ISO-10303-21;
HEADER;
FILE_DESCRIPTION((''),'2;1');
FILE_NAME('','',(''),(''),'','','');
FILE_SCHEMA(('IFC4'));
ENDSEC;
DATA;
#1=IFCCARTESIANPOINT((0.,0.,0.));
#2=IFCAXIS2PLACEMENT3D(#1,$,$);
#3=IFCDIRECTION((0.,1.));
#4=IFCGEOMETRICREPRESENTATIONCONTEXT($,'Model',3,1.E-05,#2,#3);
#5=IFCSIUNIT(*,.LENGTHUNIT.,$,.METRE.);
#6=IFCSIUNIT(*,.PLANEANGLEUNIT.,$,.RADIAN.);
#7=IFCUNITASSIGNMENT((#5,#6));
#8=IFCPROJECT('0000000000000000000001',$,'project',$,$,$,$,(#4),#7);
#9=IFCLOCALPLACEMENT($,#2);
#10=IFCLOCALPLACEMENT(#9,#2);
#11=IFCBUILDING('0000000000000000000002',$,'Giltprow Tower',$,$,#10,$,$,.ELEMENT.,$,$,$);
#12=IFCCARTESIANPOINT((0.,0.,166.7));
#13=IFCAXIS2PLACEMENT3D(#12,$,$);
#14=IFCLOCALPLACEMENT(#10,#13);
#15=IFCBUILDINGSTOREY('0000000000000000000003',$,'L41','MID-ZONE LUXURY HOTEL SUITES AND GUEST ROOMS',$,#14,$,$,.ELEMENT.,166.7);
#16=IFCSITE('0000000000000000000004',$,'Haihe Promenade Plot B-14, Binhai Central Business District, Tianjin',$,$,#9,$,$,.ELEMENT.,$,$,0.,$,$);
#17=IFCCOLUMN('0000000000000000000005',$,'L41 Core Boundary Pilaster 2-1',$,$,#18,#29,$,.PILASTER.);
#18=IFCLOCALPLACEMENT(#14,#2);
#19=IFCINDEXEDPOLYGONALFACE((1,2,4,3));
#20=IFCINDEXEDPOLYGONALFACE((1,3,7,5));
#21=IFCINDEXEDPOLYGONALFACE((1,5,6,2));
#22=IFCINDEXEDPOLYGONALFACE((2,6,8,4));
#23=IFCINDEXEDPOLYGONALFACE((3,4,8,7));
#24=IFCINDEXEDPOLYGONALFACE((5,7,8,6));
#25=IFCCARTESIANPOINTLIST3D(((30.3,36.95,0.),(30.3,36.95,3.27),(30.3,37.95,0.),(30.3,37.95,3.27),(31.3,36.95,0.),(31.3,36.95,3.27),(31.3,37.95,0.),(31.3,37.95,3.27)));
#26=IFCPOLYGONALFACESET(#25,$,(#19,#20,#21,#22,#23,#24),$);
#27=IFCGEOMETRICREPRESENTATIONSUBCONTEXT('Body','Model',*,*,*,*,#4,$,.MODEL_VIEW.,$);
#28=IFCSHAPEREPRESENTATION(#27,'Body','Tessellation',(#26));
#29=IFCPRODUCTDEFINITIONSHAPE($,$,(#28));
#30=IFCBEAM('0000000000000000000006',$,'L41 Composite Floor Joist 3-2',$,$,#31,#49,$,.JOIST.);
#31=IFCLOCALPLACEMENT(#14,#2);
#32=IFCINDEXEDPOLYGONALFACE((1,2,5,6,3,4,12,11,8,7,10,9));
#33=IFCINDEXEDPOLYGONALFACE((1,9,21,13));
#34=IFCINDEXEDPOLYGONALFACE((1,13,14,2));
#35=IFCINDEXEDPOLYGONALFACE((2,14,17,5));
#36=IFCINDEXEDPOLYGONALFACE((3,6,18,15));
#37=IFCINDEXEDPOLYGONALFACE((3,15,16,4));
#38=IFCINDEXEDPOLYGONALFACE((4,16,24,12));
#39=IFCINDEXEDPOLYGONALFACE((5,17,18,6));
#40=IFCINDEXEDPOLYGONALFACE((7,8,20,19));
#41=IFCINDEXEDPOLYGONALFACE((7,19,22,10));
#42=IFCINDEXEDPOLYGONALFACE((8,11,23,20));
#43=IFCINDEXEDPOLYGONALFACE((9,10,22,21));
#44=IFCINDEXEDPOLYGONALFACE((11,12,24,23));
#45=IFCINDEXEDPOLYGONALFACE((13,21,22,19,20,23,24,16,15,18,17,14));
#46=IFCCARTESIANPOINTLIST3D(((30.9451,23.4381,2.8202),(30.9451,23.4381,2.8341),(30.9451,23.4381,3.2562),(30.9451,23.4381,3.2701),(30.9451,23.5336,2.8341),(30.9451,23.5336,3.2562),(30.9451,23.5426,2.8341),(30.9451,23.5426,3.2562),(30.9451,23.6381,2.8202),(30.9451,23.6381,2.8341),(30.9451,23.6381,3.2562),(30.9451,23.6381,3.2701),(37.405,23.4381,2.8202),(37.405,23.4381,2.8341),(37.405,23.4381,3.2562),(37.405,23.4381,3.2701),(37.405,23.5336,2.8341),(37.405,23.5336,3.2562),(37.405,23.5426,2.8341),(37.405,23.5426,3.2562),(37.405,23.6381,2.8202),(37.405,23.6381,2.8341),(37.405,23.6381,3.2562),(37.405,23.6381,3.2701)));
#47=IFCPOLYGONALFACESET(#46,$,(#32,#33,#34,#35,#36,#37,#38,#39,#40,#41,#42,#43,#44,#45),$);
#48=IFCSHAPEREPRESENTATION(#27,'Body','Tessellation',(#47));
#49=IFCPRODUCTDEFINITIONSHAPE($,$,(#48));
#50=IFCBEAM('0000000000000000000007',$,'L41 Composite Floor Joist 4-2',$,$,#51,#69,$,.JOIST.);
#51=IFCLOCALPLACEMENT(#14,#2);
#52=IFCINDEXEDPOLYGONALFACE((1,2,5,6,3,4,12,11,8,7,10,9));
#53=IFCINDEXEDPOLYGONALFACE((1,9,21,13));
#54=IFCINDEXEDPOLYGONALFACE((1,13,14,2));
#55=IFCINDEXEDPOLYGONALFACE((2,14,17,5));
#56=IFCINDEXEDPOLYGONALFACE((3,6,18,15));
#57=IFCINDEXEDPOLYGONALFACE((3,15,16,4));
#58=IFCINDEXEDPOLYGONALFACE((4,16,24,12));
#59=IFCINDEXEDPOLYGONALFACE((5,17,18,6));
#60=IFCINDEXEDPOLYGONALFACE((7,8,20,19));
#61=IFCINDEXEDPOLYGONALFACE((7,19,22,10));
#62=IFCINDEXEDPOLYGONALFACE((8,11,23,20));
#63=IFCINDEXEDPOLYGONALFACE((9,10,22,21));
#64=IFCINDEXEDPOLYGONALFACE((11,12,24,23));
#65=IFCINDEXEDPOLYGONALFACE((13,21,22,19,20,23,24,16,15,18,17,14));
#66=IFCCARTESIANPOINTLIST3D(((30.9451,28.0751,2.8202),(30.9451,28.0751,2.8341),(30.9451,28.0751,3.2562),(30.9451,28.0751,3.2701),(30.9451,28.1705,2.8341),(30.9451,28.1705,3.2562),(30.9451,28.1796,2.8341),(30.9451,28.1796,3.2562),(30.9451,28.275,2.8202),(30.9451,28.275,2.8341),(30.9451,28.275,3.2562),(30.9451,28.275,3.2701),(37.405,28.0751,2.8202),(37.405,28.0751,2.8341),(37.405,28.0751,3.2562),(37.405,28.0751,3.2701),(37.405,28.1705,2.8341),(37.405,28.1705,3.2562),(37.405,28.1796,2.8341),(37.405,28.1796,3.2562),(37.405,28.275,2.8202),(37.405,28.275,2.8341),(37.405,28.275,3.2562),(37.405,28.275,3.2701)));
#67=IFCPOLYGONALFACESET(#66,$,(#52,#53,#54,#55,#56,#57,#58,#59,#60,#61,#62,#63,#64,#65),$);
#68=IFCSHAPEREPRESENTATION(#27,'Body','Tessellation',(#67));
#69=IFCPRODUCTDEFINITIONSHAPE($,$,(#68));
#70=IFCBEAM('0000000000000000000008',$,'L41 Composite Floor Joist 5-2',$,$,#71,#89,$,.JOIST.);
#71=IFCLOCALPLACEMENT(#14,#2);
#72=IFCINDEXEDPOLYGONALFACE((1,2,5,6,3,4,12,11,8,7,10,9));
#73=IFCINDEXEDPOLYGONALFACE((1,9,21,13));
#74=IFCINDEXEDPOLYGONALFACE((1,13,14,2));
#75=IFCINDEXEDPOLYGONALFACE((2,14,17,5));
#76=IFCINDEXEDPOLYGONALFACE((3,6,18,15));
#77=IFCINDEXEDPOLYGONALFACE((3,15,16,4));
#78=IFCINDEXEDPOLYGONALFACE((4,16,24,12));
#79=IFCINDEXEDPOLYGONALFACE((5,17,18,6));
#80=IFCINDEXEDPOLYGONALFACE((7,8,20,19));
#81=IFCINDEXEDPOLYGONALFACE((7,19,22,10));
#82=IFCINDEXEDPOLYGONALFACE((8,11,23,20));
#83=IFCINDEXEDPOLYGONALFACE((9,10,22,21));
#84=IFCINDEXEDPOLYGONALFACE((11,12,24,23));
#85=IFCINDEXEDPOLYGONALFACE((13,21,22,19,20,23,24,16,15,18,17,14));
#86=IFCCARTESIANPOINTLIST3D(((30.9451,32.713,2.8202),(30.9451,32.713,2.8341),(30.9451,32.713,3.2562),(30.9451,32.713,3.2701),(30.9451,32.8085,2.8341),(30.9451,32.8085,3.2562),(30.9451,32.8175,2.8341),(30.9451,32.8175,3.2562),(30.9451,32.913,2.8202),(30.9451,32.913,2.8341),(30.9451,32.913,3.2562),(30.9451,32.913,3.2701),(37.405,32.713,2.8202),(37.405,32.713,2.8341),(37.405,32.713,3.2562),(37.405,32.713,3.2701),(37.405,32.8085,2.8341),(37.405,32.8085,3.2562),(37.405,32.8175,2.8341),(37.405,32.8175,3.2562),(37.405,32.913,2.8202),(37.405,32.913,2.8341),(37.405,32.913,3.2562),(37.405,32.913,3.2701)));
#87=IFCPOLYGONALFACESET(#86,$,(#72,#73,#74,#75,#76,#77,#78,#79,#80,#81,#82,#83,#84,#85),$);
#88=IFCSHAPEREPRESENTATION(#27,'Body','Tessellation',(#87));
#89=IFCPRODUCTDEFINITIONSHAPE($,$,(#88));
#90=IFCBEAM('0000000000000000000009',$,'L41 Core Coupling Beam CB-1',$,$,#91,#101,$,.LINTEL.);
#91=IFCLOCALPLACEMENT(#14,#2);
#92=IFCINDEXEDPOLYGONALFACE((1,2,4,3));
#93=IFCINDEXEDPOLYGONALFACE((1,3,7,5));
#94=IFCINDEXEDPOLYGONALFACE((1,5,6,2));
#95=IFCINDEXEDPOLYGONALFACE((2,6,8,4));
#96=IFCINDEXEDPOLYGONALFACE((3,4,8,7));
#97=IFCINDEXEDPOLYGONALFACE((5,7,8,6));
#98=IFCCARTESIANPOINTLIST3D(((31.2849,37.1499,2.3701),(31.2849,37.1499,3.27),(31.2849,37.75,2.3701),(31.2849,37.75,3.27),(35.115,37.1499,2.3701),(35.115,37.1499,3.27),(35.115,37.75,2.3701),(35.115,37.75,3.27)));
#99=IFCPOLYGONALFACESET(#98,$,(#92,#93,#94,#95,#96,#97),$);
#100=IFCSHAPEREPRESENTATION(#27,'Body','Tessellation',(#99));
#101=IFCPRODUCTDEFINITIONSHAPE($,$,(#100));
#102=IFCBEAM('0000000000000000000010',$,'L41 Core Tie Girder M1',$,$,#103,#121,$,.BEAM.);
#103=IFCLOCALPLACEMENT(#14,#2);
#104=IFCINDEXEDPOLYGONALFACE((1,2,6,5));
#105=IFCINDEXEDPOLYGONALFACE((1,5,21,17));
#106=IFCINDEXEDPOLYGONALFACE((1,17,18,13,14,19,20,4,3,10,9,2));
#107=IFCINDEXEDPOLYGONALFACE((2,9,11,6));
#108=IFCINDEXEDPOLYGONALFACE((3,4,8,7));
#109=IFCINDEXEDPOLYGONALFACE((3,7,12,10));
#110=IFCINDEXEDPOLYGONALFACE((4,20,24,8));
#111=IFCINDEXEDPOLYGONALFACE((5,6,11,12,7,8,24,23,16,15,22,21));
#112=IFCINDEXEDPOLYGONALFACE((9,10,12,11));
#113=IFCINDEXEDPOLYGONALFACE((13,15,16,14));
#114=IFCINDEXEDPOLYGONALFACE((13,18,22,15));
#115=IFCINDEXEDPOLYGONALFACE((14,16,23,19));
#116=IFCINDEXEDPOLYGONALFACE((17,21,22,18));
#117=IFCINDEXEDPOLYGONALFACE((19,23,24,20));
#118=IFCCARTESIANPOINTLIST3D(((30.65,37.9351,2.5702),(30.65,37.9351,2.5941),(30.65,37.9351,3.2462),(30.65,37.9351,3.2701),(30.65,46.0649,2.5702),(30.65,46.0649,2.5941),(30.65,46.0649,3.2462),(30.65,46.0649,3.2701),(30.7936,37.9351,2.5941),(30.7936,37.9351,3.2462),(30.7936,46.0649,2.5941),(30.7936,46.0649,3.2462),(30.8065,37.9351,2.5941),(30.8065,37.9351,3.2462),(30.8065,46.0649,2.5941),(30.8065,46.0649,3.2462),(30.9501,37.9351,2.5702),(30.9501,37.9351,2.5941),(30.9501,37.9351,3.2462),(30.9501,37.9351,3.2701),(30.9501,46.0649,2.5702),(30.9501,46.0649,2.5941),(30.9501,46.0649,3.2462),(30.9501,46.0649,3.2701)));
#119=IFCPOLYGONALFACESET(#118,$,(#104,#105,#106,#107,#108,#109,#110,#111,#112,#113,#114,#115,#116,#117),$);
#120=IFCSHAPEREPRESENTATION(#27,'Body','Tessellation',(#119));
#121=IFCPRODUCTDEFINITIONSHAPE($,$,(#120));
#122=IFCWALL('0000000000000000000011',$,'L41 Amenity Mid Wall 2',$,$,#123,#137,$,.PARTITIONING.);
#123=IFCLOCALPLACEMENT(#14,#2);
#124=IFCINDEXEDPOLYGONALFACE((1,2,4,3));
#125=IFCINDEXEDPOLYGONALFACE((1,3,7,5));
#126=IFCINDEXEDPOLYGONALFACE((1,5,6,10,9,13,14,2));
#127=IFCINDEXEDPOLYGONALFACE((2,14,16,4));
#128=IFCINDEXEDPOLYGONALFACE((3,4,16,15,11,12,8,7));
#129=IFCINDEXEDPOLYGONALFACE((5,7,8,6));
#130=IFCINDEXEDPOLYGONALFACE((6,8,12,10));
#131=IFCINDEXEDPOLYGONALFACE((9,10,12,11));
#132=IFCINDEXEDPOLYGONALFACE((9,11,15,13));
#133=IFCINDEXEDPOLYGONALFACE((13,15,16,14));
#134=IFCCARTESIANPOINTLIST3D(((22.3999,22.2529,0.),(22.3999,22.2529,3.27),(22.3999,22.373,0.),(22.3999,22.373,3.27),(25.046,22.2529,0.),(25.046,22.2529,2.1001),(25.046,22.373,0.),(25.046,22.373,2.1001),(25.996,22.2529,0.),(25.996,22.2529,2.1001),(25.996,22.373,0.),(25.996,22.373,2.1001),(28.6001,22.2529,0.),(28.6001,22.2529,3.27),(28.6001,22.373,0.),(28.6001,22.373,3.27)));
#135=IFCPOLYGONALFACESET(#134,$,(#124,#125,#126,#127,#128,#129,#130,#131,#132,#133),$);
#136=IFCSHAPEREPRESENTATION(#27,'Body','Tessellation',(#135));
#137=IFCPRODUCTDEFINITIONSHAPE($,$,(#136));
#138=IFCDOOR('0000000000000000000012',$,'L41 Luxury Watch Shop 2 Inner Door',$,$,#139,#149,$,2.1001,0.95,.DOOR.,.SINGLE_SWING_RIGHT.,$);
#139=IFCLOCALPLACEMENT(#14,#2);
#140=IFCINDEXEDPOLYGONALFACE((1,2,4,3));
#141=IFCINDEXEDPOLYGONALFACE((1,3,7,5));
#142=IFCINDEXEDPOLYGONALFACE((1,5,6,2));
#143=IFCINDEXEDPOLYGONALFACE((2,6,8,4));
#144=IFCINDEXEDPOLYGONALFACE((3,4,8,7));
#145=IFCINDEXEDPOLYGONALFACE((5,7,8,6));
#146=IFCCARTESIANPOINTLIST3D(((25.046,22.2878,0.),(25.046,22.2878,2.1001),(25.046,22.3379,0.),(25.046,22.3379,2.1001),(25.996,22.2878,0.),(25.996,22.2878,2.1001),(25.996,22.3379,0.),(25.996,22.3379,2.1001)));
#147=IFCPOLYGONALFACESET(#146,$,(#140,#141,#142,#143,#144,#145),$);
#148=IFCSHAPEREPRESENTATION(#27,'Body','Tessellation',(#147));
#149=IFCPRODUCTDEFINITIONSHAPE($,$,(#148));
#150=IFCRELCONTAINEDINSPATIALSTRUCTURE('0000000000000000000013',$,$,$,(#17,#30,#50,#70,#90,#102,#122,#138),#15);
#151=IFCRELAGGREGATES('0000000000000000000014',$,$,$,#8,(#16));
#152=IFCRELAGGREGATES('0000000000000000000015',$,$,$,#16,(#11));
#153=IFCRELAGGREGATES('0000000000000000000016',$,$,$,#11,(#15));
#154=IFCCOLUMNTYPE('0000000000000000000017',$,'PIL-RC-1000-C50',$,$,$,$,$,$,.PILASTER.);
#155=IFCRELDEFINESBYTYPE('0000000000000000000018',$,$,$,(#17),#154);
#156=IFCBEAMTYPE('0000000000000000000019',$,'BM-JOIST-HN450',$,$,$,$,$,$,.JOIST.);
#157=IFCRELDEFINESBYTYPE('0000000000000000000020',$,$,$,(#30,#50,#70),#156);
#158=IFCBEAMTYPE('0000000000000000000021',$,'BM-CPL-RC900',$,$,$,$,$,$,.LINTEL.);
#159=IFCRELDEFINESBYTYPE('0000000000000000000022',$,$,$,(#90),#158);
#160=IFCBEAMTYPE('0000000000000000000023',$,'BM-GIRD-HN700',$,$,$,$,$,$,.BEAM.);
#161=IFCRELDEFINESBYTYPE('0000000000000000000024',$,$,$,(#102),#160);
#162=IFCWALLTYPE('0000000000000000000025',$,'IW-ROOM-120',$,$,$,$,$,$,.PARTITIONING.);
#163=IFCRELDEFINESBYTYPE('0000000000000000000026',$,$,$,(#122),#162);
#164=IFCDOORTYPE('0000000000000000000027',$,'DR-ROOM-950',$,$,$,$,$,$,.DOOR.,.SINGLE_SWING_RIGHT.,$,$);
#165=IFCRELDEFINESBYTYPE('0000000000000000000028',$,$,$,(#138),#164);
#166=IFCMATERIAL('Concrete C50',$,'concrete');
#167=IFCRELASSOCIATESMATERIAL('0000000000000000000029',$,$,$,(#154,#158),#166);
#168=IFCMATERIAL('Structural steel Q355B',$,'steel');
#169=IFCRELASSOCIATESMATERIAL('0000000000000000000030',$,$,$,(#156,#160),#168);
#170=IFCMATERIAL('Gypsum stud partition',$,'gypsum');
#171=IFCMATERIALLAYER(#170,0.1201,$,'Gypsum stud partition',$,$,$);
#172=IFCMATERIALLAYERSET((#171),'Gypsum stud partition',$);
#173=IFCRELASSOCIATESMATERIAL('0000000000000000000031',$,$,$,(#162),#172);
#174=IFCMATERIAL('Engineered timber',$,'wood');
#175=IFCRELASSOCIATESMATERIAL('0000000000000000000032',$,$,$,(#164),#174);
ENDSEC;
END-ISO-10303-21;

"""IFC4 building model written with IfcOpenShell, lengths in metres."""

from ifc_helpers import new_model, si_unit, direction, frame, frame_2d, origin, origin_2d, place, context, subcontext, project, spatial, rectangle, i_section, extrude, source, transform, mapped, material, layer, layer_set, material_profile, profile_set, type_object, element, fill, save


model = new_model("IFC4")

# Units and contexts
model_context = context("Model", 3, precision=1e-05, world=origin(), true_north=direction((0.0, 1.0)))
body_context = subcontext(model_context, "Body", "Model", "MODEL_VIEW")
ifc_project = project(units=[si_unit("LENGTHUNIT", "METRE"), si_unit("PLANEANGLEUNIT", "RADIAN")], contexts=[model_context])

# Site, building, storey
site_placement = place(None, origin())
site = spatial("IfcSite", under=ifc_project, at=site_placement, Name="Haihe Promenade Plot B-14, Binhai Central Business District, Tianjin", CompositionType="ELEMENT", RefElevation=0.0)
building_placement = place(site_placement, origin())
building = spatial("IfcBuilding", under=site, at=building_placement, Name="Giltprow Tower", CompositionType="ELEMENT")
storey_placement = place(building_placement, frame((0.0, 0.0, 166.7)))
storey = spatial("IfcBuildingStorey", under=building, at=storey_placement, Name="L41", Description="MID-ZONE LUXURY HOTEL SUITES AND GUEST ROOMS", CompositionType="ELEMENT", Elevation=166.7)

# Column
ifc_material_1 = material(Name="Concrete C50", Category="concrete")
ifc_material_profile_1 = material_profile(ifc_material_1, rectangle(XDim=1.0, YDim=1.0, at=origin_2d()), Name="RC 1000x1000")
ifc_profile_set_1 = profile_set([ifc_material_profile_1], Name="Concrete C50")
column_type = type_object("IfcColumnType", Name="PIL-RC-1000-C50", PredefinedType="PILASTER", material=ifc_profile_set_1)
shared_shape_1 = source(origin(), body_context, "Body", "SweptSolid", [
    extrude(rectangle(XDim=1.0, YDim=1.0, at=origin_2d()), origin(), (0.0, 0.0, 1.0), 3.27),
])
column_placement = place(storey_placement, frame((30.8, 37.45, 0.0), z_axis=(0.0, 0.0, 1.0), x_axis=(1.0, 0.0, 0.0)))
element("IfcColumn", 1, at=column_placement, inside=storey, type_object=column_type, Name="L41 Core Boundary Pilaster 2-1", PredefinedType="PILASTER", context=body_context, shape_type="MappedRepresentation", body=[
    mapped(shared_shape_1, transform((0.0, 0.0, 0.0), x_axis=(1.0, 0.0, 0.0), y_axis=(0.0, 1.0, 0.0), z_axis=(0.0, 0.0, 1.0), scale=1.0)),
])

# Beams
ifc_material_2 = material(Name="Structural steel Q355B", Category="steel")
ifc_material_profile_2 = material_profile(ifc_material_2, i_section(OverallWidth=0.2, OverallDepth=0.45, WebThickness=0.009, FlangeThickness=0.0139, at=origin_2d()), Name="HN 450x200x9x14")
ifc_profile_set_2 = profile_set([ifc_material_profile_2], Name="Structural steel Q355B")
beam_type_1 = type_object("IfcBeamType", Name="BM-JOIST-HN450", PredefinedType="JOIST", material=ifc_profile_set_2)
shared_shape_2 = source(origin(), body_context, "Body", "SweptSolid", [
    extrude(i_section(OverallWidth=0.2, OverallDepth=0.45, WebThickness=0.009, FlangeThickness=0.0139, at=origin_2d()), origin(), (0.0, 0.0, 1.0), 6.46),
])
for number, where, z_axis, x_axis, name in (
    (2, (30.9451, 23.5381, 3.0452), (1.0, 0.0, 0.0), (0.0, 1.0, 0.0), "L41 Composite Floor Joist 3-2"),
    (3, (30.9451, 28.175, 3.0452), (1.0, 0.0, 0.0), (0.0, 1.0, 0.0), "L41 Composite Floor Joist 4-2"),
    (4, (30.9451, 32.813, 3.0452), (1.0, 0.0, 0.0), (0.0, 1.0, 0.0), "L41 Composite Floor Joist 5-2"),
):
    element("IfcBeam", number, at=place(storey_placement, frame(where, z_axis=z_axis, x_axis=x_axis)), inside=storey, type_object=beam_type_1, Name=name, PredefinedType="JOIST", context=body_context, shape_type="MappedRepresentation", body=[
        mapped(shared_shape_2, transform((0.0, 0.0, 0.0), x_axis=(1.0, 0.0, 0.0), y_axis=(0.0, 1.0, 0.0), z_axis=(0.0, 0.0, 1.0), scale=1.0)),
    ])
ifc_material_profile_3 = material_profile(ifc_material_1, rectangle(XDim=0.6001, YDim=0.8999, at=origin_2d()), Name="RC 900x600")
ifc_profile_set_3 = profile_set([ifc_material_profile_3], Name="Concrete C50")
beam_type_2 = type_object("IfcBeamType", Name="BM-CPL-RC900", PredefinedType="LINTEL", material=ifc_profile_set_3)
shared_shape_3 = source(origin(), body_context, "Body", "SweptSolid", [
    extrude(rectangle(XDim=0.6001, YDim=0.8999, at=origin_2d()), origin(), (0.0, 0.0, 1.0), 3.8301),
])
beam_1_placement = place(storey_placement, frame((31.2849, 37.45, 2.8201), z_axis=(1.0, 0.0, 0.0), x_axis=(0.0, 1.0, 0.0)))
element("IfcBeam", 5, at=beam_1_placement, inside=storey, type_object=beam_type_2, Name="L41 Core Coupling Beam CB-1", PredefinedType="LINTEL", context=body_context, shape_type="MappedRepresentation", body=[
    mapped(shared_shape_3, transform((0.0, 0.0, 0.0), x_axis=(1.0, 0.0, 0.0), y_axis=(0.0, 1.0, 0.0), z_axis=(0.0, 0.0, 1.0), scale=1.0)),
])
ifc_material_profile_4 = material_profile(ifc_material_2, i_section(OverallWidth=0.3, OverallDepth=0.7, WebThickness=0.0129, FlangeThickness=0.0239, at=origin_2d()), Name="HN 700x300x13x24")
ifc_profile_set_4 = profile_set([ifc_material_profile_4], Name="Structural steel Q355B")
beam_type_3 = type_object("IfcBeamType", Name="BM-GIRD-HN700", PredefinedType="BEAM", material=ifc_profile_set_4)
shared_shape_4 = source(origin(), body_context, "Body", "SweptSolid", [
    extrude(i_section(OverallWidth=0.3, OverallDepth=0.7, WebThickness=0.0129, FlangeThickness=0.0239, at=origin_2d()), origin(), (0.0, 0.0, 1.0), 8.1299),
])
beam_2_placement = place(storey_placement, frame((30.8, 37.9351, 2.9202), z_axis=(0.0, 1.0, 0.0), x_axis=(-1.0, 0.0, 0.0)))
element("IfcBeam", 6, at=beam_2_placement, inside=storey, type_object=beam_type_3, Name="L41 Core Tie Girder M1", PredefinedType="BEAM", context=body_context, shape_type="MappedRepresentation", body=[
    mapped(shared_shape_4, transform((0.0, 0.0, 0.0), x_axis=(1.0, 0.0, 0.0), y_axis=(0.0, 1.0, 0.0), z_axis=(0.0, 0.0, 1.0), scale=1.0)),
])

# Wall, opening, door
ifc_material_3 = material(Name="Gypsum stud partition", Category="gypsum")
ifc_layer_1 = layer(ifc_material_3, 0.1201, Name="Gypsum stud partition")
ifc_layer_set_1 = layer_set([ifc_layer_1], Name="Gypsum stud partition")
wall_type_1 = type_object("IfcWallType", Name="IW-ROOM-120", PredefinedType="PARTITIONING", material=ifc_layer_set_1)
wall_1_placement = place(storey_placement, frame((22.3999, 22.313, 0.0), z_axis=(0.0, 0.0, 1.0), x_axis=(1.0, 0.0, 0.0)))
wall_1 = element("IfcWall", 7, at=wall_1_placement, inside=storey, type_object=wall_type_1, Name="L41 Amenity Mid Wall 2", PredefinedType="PARTITIONING", context=body_context, shape_type="SweptSolid", body=[
    extrude(rectangle(XDim=6.2002, YDim=0.1201, at=frame_2d((3.1001, 0.0))), origin(), (0.0, 0.0, 1.0), 3.27),
])
opening_1_placement = place(wall_1_placement, frame((2.646, 0.0, 0.0)))
opening_1 = element("IfcOpeningElement", 8, at=opening_1_placement, cuts=wall_1, PredefinedType="OPENING", context=body_context, shape_type="SweptSolid", body=[
    extrude(rectangle(XDim=0.95, YDim=2.1001, at=frame_2d((0.4751, 1.05))), frame((0.0, 0.0701, 0.0), z_axis=(0.0, -1.0, 0.0), x_axis=(1.0, 0.0, 0.0)), (0.0, 0.0, 1.0), 0.1401),
])
ifc_material_4 = material(Name="Engineered timber", Category="wood")
door_type_1 = type_object("IfcDoorType", Name="DR-ROOM-950", OperationType="SINGLE_SWING_RIGHT", PredefinedType="DOOR", material=ifc_material_4)
shared_shape_5 = source(origin(), body_context, "Body", "SweptSolid", [
    extrude(rectangle(XDim=0.95, YDim=2.1001, at=frame_2d((0.4751, 1.05))), frame((0.0, 0.0249, 0.0), z_axis=(0.0, -1.0, 0.0), x_axis=(1.0, 0.0, 0.0)), (0.0, 0.0, 1.0), 0.05),
])
door_1_placement = place(opening_1_placement, origin())
door_1 = element("IfcDoor", 9, at=door_1_placement, inside=storey, type_object=door_type_1, Name="L41 Luxury Watch Shop 2 Inner Door", OperationType="SINGLE_SWING_RIGHT", OverallHeight=2.1001, OverallWidth=0.95, PredefinedType="DOOR", context=body_context, shape_type="MappedRepresentation", body=[
    mapped(shared_shape_5, transform((0.0, 0.0, 0.0), x_axis=(1.0, 0.0, 0.0), y_axis=(0.0, 1.0, 0.0), z_axis=(0.0, 0.0, 1.0), scale=1.0)),
])
fill(opening_1, door_1)

save(model, "model.ifc")
